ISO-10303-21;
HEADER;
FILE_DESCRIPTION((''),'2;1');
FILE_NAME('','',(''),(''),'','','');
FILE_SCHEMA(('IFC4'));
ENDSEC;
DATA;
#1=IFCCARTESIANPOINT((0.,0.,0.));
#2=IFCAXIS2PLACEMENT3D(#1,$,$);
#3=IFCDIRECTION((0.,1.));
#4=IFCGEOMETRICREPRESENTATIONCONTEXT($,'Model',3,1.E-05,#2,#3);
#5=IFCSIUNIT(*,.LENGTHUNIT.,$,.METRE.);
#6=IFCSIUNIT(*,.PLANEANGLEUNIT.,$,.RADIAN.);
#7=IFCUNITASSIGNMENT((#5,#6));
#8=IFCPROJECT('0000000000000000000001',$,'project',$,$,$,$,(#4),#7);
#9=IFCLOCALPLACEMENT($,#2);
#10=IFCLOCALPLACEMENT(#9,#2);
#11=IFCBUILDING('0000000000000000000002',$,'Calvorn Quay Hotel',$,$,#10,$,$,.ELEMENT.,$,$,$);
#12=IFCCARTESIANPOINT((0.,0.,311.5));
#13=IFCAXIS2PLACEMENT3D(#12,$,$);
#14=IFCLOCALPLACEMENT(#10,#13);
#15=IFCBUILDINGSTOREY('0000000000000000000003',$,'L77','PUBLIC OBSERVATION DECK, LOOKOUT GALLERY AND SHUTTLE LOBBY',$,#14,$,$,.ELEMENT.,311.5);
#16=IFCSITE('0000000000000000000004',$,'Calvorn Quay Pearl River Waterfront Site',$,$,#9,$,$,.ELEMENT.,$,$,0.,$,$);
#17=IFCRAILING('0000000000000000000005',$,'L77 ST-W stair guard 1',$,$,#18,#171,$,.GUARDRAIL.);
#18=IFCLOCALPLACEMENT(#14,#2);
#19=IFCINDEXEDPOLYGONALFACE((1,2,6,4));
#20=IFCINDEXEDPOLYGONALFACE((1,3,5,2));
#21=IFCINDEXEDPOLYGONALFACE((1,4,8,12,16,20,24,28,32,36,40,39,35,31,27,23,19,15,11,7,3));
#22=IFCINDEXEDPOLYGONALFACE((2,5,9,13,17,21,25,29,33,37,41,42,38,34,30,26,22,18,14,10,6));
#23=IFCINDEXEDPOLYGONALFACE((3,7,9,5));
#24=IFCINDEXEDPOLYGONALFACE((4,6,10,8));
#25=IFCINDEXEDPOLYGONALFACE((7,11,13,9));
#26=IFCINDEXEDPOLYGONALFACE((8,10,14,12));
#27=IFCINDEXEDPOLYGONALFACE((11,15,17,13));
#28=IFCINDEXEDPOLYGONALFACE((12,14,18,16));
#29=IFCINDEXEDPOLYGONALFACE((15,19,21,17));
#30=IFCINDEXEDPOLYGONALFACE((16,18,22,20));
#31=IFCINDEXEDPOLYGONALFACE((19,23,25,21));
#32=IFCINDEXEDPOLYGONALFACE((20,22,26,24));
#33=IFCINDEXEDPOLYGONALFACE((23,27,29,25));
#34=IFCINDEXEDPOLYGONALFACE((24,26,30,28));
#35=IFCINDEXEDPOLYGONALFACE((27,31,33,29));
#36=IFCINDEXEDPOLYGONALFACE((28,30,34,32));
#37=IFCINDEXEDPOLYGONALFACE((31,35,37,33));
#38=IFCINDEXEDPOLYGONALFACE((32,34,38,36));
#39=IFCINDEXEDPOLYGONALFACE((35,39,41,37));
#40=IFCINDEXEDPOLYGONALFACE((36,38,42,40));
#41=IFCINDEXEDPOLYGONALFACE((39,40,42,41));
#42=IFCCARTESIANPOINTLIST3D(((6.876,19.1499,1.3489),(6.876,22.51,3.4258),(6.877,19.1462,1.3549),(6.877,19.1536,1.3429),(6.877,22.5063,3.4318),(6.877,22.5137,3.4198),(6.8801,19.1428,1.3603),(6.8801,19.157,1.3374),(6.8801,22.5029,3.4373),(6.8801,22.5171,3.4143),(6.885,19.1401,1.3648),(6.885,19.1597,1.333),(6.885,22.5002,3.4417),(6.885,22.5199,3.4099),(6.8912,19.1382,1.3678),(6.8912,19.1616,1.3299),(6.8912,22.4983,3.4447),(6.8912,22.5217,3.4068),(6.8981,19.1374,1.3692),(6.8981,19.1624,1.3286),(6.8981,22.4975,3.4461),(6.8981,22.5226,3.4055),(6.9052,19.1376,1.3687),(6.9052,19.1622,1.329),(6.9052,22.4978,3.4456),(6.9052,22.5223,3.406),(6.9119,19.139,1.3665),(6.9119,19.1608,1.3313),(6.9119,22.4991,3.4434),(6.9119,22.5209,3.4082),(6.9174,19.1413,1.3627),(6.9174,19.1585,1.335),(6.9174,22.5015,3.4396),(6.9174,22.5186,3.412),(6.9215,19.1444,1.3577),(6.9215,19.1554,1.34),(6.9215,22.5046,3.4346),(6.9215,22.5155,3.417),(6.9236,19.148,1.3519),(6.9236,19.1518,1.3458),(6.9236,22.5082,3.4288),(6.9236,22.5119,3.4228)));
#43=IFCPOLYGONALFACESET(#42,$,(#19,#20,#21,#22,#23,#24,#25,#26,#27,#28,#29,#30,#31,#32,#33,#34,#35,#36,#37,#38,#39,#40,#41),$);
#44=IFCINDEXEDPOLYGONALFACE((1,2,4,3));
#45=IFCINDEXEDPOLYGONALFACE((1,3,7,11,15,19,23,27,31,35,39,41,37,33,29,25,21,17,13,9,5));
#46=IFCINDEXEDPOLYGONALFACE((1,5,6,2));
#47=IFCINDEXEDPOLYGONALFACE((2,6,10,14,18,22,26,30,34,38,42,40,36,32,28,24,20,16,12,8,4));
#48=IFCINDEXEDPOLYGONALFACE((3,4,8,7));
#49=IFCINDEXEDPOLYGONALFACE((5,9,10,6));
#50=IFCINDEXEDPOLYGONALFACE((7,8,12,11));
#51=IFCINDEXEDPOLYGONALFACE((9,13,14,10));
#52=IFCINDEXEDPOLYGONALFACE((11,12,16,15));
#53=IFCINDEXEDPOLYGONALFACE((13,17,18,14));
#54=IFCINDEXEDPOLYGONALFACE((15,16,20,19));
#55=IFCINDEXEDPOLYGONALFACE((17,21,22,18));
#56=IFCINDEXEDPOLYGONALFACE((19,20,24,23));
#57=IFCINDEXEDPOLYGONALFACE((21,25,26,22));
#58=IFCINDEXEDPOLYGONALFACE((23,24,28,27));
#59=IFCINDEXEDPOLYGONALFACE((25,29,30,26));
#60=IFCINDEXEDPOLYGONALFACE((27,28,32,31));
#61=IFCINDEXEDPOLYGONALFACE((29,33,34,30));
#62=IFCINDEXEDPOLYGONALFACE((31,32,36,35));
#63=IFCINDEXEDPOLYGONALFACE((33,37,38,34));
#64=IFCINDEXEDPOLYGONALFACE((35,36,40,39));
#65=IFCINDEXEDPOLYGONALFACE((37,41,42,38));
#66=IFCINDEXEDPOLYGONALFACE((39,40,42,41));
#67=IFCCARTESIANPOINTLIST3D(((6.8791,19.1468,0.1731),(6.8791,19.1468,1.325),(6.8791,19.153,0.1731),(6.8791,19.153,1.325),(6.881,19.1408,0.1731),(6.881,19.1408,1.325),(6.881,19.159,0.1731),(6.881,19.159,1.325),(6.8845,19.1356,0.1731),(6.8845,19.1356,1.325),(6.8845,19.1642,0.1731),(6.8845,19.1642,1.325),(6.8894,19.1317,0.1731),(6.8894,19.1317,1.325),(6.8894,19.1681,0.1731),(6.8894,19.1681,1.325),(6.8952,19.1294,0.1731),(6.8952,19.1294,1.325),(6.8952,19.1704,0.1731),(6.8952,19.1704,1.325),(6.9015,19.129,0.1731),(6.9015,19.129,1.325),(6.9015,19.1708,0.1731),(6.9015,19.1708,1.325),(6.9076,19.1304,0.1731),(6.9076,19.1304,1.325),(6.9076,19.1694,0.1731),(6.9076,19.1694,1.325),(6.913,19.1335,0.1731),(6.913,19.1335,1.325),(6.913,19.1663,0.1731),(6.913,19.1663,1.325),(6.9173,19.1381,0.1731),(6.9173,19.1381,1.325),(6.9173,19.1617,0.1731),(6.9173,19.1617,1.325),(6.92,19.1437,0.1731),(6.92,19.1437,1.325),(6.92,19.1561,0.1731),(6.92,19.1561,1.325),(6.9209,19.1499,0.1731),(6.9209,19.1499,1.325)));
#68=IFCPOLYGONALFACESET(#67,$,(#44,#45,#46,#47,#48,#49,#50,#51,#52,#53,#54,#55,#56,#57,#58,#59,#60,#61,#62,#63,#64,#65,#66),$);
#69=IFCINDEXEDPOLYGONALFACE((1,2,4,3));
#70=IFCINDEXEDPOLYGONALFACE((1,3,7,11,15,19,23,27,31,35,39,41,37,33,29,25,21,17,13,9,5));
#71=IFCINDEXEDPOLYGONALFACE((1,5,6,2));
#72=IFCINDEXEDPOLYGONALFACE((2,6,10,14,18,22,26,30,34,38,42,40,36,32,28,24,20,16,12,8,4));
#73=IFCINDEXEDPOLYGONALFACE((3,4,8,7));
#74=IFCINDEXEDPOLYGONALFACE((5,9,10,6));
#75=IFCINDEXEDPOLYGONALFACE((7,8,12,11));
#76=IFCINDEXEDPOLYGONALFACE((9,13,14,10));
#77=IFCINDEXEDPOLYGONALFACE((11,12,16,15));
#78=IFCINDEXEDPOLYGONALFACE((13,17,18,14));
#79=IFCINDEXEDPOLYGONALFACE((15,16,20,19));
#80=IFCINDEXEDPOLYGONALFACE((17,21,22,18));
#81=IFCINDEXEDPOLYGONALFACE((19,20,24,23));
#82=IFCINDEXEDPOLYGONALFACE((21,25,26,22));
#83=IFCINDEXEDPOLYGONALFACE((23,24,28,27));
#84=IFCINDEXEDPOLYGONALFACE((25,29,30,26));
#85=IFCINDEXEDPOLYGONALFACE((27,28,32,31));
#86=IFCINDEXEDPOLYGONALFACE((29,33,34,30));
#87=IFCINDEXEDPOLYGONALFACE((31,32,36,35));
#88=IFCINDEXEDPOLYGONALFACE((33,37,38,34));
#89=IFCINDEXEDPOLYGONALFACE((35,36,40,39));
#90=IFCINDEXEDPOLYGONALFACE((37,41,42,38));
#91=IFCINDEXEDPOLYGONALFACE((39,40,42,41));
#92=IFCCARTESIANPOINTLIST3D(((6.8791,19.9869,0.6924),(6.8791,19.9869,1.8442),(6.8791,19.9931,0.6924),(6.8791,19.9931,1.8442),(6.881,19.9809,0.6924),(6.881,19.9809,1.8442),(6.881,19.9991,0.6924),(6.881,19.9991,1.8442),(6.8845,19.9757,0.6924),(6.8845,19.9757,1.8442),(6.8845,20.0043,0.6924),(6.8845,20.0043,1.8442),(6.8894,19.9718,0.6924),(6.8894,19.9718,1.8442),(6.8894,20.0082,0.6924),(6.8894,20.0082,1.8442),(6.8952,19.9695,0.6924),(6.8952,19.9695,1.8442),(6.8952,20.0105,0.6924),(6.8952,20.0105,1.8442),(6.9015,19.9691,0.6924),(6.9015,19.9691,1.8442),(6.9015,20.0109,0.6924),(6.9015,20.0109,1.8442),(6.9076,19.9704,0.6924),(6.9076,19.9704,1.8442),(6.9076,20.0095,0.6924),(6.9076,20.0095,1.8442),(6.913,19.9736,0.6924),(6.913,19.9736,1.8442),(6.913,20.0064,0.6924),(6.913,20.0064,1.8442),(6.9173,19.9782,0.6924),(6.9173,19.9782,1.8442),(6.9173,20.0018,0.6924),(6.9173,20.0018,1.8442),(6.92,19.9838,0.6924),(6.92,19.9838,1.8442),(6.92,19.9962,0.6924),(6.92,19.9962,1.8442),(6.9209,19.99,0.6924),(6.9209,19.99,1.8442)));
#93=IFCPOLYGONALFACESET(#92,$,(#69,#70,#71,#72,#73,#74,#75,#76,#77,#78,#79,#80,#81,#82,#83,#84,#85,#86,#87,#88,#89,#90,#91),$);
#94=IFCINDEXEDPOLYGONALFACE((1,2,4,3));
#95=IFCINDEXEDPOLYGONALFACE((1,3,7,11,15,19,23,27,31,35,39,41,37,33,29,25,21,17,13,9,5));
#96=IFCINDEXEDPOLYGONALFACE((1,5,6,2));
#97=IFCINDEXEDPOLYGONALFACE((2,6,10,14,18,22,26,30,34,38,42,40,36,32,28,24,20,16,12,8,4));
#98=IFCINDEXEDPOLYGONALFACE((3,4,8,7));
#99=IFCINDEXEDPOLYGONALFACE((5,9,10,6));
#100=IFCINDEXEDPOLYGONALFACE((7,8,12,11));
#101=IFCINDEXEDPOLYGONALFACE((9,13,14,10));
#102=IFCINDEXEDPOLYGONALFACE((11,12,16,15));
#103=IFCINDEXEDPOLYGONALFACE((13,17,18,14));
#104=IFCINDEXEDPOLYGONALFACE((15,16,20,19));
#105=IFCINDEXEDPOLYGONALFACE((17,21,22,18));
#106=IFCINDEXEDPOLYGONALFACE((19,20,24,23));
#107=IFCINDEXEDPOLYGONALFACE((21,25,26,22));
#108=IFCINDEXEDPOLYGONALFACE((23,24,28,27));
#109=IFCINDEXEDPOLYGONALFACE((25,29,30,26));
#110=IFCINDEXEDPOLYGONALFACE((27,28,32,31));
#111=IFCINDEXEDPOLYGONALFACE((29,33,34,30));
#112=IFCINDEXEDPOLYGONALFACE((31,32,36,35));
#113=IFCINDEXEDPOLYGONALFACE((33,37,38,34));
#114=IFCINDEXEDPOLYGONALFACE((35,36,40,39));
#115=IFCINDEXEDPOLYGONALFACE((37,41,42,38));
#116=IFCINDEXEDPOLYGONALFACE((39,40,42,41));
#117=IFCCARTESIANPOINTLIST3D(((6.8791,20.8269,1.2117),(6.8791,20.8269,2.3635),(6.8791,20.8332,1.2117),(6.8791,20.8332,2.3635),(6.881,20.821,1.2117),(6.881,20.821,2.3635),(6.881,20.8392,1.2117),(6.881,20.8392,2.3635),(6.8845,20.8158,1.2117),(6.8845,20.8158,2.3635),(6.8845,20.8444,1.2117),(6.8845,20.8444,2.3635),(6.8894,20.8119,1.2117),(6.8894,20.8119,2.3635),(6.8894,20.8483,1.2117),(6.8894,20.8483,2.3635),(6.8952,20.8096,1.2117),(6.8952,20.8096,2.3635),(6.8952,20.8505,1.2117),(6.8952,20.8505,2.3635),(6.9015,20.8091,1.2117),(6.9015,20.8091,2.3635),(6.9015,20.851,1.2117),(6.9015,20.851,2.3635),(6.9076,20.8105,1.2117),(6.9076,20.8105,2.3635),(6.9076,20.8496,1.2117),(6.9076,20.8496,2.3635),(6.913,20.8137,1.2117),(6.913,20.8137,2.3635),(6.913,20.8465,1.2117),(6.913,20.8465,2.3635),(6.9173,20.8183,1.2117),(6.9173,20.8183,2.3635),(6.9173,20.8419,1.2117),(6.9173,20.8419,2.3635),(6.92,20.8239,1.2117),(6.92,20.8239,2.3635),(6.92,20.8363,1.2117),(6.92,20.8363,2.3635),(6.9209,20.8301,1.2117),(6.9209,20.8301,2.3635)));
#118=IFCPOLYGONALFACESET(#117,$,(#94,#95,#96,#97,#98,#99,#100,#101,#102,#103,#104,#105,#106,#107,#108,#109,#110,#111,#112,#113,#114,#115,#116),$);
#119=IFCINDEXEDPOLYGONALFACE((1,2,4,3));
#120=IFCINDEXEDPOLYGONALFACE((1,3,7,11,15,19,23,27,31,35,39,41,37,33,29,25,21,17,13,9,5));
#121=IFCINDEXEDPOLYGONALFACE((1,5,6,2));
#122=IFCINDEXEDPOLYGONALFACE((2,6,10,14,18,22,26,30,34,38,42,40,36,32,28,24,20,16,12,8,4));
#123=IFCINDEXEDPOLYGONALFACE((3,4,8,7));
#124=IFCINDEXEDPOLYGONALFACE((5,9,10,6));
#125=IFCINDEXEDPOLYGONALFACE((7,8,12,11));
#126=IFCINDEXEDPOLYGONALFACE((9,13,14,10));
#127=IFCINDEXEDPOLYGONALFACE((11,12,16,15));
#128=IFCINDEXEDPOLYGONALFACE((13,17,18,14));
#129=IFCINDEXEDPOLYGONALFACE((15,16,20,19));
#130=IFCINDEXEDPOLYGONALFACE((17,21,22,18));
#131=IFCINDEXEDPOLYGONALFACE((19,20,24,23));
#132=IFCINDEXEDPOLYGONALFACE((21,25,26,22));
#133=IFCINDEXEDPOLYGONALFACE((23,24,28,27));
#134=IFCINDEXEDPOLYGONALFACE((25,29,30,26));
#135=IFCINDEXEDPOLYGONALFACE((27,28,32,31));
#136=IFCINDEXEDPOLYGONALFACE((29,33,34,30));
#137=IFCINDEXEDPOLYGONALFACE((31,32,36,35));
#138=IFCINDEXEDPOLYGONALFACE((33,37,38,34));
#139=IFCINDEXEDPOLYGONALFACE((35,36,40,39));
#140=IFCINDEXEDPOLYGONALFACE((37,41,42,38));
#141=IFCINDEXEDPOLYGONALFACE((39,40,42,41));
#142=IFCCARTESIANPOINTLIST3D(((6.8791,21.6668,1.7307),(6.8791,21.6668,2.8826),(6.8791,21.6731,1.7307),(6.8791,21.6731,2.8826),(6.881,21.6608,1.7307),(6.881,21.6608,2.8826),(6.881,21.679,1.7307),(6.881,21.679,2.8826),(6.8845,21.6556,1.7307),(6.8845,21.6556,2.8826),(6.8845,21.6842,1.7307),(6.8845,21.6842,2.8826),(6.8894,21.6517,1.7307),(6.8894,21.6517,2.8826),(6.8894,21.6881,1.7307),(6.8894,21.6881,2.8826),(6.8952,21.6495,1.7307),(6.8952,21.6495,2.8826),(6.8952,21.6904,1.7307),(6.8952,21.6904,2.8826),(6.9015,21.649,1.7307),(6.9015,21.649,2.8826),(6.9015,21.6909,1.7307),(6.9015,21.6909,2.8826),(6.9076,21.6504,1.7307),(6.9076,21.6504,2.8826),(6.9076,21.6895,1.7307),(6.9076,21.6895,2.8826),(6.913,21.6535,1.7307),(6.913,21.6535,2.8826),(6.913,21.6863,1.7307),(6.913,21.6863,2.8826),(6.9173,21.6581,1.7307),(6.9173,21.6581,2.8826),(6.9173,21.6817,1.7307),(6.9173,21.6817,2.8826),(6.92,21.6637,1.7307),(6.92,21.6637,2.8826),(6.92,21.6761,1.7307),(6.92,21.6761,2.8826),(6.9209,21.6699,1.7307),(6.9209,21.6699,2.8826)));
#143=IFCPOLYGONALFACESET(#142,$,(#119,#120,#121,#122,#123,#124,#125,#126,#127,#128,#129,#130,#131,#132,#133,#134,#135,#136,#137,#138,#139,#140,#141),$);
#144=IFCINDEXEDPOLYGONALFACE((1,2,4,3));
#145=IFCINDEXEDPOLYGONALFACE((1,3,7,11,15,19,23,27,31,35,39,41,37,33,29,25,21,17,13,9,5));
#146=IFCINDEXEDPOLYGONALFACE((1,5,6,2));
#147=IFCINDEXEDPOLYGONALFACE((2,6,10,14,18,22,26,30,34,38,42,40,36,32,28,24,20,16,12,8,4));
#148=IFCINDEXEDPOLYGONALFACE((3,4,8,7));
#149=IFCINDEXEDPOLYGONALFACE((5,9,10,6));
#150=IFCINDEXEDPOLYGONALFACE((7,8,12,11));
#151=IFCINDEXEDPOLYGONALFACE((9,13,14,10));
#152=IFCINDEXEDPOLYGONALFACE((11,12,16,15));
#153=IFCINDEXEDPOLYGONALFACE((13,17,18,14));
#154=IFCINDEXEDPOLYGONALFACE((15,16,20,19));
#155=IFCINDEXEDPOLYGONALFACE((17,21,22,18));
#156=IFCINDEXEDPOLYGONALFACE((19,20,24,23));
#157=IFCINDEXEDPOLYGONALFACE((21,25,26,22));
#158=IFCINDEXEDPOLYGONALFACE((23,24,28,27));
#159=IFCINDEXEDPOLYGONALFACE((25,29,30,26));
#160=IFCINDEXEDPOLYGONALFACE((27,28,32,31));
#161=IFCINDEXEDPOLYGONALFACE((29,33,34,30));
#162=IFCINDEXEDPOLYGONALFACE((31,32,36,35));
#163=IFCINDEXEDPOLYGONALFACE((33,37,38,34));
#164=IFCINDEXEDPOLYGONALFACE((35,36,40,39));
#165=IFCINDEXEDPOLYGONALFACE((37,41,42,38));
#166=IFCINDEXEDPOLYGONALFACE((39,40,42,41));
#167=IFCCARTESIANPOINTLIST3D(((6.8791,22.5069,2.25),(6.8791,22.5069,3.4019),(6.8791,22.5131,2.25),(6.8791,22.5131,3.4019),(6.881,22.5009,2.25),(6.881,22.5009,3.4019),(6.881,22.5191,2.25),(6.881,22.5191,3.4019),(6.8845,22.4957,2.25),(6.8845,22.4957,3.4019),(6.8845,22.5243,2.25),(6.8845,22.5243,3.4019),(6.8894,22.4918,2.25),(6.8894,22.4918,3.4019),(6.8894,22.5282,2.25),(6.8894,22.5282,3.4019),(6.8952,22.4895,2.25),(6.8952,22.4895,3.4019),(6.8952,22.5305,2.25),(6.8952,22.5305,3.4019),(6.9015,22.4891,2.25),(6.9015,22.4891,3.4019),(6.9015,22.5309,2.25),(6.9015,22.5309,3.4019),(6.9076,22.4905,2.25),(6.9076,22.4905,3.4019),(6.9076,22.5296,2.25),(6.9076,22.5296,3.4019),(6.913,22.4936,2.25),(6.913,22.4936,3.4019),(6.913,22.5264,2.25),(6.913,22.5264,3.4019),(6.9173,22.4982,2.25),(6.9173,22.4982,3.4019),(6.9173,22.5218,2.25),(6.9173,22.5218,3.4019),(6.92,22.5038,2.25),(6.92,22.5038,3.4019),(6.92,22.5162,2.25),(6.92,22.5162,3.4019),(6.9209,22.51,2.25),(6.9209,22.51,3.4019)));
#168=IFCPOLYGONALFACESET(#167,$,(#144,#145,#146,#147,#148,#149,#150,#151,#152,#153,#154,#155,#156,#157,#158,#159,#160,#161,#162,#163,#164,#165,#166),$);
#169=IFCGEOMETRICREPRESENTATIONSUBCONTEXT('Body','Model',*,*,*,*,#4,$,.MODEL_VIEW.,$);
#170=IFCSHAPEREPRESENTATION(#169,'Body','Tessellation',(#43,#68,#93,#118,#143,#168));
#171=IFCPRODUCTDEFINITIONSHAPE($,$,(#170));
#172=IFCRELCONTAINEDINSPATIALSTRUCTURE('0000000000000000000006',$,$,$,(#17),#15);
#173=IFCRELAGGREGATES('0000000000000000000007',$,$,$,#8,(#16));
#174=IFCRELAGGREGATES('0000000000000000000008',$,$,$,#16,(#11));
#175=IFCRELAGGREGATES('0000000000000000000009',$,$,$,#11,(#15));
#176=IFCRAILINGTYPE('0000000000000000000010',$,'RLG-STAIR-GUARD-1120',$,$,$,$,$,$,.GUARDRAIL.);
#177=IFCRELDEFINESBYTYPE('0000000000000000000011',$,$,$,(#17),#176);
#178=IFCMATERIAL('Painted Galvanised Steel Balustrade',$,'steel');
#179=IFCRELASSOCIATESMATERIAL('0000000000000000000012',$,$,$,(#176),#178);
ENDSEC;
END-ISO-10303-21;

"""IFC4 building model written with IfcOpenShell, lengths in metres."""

from ifc_helpers import new_model, si_unit, direction, frame, origin, origin_2d, place, context, subcontext, project, spatial, circle, extrude, material, type_object, element, save


model = new_model("IFC4")

# Units and contexts
model_context = context("Model", 3, precision=1e-05, world=origin(), true_north=direction((0.0, 1.0)))
body_context = subcontext(model_context, "Body", "Model", "MODEL_VIEW")
ifc_project = project(units=[si_unit("LENGTHUNIT", "METRE"), si_unit("PLANEANGLEUNIT", "RADIAN")], contexts=[model_context])

# Site, building, storey
site_placement = place(None, origin())
site = spatial("IfcSite", under=ifc_project, at=site_placement, Name="Calvorn Quay Pearl River Waterfront Site", CompositionType="ELEMENT", RefElevation=0.0)
building_placement = place(site_placement, origin())
building = spatial("IfcBuilding", under=site, at=building_placement, Name="Calvorn Quay Hotel", CompositionType="ELEMENT")
storey_placement = place(building_placement, frame((0.0, 0.0, 311.5)))
storey = spatial("IfcBuildingStorey", under=building, at=storey_placement, Name="L77", Description="PUBLIC OBSERVATION DECK, LOOKOUT GALLERY AND SHUTTLE LOBBY", CompositionType="ELEMENT", Elevation=311.5)

# Railing
ifc_material_1 = material(Name="Painted Galvanised Steel Balustrade", Category="steel")
railing_type_1 = type_object("IfcRailingType", Name="RLG-STAIR-GUARD-1120", PredefinedType="GUARDRAIL", material=ifc_material_1)
railing_1_placement = place(storey_placement, frame((6.8999, 19.1499, 0.1731)))
element("IfcRailing", 1, at=railing_1_placement, inside=storey, type_object=railing_type_1, Name="L77 ST-W stair guard 1", PredefinedType="GUARDRAIL", context=body_context, shape_type="SweptSolid", body=[
    extrude(circle(Radius=0.0239, at=origin_2d()), frame((0.0, 0.0, 1.1758), z_axis=(0.0, 0.850623, 0.525776), x_axis=(-1.0, 0.0, 0.0)), (0.0, 0.0, 1.0), 3.9502),
    extrude(circle(Radius=0.021, at=origin_2d()), origin(), (0.0, 0.0, 1.0), 1.1519),
    extrude(circle(Radius=0.021, at=origin_2d()), frame((0.0, 0.8401, 0.5193)), (0.0, 0.0, 1.0), 1.1519),
    extrude(circle(Radius=0.021, at=origin_2d()), frame((0.0, 1.6802, 1.0386)), (0.0, 0.0, 1.0), 1.1519),
    extrude(circle(Radius=0.021, at=origin_2d()), frame((0.0, 2.52, 1.5576)), (0.0, 0.0, 1.0), 1.1519),
    extrude(circle(Radius=0.021, at=origin_2d()), frame((0.0, 3.3601, 2.0769)), (0.0, 0.0, 1.0), 1.1519),
])

save(model, "model.ifc")
